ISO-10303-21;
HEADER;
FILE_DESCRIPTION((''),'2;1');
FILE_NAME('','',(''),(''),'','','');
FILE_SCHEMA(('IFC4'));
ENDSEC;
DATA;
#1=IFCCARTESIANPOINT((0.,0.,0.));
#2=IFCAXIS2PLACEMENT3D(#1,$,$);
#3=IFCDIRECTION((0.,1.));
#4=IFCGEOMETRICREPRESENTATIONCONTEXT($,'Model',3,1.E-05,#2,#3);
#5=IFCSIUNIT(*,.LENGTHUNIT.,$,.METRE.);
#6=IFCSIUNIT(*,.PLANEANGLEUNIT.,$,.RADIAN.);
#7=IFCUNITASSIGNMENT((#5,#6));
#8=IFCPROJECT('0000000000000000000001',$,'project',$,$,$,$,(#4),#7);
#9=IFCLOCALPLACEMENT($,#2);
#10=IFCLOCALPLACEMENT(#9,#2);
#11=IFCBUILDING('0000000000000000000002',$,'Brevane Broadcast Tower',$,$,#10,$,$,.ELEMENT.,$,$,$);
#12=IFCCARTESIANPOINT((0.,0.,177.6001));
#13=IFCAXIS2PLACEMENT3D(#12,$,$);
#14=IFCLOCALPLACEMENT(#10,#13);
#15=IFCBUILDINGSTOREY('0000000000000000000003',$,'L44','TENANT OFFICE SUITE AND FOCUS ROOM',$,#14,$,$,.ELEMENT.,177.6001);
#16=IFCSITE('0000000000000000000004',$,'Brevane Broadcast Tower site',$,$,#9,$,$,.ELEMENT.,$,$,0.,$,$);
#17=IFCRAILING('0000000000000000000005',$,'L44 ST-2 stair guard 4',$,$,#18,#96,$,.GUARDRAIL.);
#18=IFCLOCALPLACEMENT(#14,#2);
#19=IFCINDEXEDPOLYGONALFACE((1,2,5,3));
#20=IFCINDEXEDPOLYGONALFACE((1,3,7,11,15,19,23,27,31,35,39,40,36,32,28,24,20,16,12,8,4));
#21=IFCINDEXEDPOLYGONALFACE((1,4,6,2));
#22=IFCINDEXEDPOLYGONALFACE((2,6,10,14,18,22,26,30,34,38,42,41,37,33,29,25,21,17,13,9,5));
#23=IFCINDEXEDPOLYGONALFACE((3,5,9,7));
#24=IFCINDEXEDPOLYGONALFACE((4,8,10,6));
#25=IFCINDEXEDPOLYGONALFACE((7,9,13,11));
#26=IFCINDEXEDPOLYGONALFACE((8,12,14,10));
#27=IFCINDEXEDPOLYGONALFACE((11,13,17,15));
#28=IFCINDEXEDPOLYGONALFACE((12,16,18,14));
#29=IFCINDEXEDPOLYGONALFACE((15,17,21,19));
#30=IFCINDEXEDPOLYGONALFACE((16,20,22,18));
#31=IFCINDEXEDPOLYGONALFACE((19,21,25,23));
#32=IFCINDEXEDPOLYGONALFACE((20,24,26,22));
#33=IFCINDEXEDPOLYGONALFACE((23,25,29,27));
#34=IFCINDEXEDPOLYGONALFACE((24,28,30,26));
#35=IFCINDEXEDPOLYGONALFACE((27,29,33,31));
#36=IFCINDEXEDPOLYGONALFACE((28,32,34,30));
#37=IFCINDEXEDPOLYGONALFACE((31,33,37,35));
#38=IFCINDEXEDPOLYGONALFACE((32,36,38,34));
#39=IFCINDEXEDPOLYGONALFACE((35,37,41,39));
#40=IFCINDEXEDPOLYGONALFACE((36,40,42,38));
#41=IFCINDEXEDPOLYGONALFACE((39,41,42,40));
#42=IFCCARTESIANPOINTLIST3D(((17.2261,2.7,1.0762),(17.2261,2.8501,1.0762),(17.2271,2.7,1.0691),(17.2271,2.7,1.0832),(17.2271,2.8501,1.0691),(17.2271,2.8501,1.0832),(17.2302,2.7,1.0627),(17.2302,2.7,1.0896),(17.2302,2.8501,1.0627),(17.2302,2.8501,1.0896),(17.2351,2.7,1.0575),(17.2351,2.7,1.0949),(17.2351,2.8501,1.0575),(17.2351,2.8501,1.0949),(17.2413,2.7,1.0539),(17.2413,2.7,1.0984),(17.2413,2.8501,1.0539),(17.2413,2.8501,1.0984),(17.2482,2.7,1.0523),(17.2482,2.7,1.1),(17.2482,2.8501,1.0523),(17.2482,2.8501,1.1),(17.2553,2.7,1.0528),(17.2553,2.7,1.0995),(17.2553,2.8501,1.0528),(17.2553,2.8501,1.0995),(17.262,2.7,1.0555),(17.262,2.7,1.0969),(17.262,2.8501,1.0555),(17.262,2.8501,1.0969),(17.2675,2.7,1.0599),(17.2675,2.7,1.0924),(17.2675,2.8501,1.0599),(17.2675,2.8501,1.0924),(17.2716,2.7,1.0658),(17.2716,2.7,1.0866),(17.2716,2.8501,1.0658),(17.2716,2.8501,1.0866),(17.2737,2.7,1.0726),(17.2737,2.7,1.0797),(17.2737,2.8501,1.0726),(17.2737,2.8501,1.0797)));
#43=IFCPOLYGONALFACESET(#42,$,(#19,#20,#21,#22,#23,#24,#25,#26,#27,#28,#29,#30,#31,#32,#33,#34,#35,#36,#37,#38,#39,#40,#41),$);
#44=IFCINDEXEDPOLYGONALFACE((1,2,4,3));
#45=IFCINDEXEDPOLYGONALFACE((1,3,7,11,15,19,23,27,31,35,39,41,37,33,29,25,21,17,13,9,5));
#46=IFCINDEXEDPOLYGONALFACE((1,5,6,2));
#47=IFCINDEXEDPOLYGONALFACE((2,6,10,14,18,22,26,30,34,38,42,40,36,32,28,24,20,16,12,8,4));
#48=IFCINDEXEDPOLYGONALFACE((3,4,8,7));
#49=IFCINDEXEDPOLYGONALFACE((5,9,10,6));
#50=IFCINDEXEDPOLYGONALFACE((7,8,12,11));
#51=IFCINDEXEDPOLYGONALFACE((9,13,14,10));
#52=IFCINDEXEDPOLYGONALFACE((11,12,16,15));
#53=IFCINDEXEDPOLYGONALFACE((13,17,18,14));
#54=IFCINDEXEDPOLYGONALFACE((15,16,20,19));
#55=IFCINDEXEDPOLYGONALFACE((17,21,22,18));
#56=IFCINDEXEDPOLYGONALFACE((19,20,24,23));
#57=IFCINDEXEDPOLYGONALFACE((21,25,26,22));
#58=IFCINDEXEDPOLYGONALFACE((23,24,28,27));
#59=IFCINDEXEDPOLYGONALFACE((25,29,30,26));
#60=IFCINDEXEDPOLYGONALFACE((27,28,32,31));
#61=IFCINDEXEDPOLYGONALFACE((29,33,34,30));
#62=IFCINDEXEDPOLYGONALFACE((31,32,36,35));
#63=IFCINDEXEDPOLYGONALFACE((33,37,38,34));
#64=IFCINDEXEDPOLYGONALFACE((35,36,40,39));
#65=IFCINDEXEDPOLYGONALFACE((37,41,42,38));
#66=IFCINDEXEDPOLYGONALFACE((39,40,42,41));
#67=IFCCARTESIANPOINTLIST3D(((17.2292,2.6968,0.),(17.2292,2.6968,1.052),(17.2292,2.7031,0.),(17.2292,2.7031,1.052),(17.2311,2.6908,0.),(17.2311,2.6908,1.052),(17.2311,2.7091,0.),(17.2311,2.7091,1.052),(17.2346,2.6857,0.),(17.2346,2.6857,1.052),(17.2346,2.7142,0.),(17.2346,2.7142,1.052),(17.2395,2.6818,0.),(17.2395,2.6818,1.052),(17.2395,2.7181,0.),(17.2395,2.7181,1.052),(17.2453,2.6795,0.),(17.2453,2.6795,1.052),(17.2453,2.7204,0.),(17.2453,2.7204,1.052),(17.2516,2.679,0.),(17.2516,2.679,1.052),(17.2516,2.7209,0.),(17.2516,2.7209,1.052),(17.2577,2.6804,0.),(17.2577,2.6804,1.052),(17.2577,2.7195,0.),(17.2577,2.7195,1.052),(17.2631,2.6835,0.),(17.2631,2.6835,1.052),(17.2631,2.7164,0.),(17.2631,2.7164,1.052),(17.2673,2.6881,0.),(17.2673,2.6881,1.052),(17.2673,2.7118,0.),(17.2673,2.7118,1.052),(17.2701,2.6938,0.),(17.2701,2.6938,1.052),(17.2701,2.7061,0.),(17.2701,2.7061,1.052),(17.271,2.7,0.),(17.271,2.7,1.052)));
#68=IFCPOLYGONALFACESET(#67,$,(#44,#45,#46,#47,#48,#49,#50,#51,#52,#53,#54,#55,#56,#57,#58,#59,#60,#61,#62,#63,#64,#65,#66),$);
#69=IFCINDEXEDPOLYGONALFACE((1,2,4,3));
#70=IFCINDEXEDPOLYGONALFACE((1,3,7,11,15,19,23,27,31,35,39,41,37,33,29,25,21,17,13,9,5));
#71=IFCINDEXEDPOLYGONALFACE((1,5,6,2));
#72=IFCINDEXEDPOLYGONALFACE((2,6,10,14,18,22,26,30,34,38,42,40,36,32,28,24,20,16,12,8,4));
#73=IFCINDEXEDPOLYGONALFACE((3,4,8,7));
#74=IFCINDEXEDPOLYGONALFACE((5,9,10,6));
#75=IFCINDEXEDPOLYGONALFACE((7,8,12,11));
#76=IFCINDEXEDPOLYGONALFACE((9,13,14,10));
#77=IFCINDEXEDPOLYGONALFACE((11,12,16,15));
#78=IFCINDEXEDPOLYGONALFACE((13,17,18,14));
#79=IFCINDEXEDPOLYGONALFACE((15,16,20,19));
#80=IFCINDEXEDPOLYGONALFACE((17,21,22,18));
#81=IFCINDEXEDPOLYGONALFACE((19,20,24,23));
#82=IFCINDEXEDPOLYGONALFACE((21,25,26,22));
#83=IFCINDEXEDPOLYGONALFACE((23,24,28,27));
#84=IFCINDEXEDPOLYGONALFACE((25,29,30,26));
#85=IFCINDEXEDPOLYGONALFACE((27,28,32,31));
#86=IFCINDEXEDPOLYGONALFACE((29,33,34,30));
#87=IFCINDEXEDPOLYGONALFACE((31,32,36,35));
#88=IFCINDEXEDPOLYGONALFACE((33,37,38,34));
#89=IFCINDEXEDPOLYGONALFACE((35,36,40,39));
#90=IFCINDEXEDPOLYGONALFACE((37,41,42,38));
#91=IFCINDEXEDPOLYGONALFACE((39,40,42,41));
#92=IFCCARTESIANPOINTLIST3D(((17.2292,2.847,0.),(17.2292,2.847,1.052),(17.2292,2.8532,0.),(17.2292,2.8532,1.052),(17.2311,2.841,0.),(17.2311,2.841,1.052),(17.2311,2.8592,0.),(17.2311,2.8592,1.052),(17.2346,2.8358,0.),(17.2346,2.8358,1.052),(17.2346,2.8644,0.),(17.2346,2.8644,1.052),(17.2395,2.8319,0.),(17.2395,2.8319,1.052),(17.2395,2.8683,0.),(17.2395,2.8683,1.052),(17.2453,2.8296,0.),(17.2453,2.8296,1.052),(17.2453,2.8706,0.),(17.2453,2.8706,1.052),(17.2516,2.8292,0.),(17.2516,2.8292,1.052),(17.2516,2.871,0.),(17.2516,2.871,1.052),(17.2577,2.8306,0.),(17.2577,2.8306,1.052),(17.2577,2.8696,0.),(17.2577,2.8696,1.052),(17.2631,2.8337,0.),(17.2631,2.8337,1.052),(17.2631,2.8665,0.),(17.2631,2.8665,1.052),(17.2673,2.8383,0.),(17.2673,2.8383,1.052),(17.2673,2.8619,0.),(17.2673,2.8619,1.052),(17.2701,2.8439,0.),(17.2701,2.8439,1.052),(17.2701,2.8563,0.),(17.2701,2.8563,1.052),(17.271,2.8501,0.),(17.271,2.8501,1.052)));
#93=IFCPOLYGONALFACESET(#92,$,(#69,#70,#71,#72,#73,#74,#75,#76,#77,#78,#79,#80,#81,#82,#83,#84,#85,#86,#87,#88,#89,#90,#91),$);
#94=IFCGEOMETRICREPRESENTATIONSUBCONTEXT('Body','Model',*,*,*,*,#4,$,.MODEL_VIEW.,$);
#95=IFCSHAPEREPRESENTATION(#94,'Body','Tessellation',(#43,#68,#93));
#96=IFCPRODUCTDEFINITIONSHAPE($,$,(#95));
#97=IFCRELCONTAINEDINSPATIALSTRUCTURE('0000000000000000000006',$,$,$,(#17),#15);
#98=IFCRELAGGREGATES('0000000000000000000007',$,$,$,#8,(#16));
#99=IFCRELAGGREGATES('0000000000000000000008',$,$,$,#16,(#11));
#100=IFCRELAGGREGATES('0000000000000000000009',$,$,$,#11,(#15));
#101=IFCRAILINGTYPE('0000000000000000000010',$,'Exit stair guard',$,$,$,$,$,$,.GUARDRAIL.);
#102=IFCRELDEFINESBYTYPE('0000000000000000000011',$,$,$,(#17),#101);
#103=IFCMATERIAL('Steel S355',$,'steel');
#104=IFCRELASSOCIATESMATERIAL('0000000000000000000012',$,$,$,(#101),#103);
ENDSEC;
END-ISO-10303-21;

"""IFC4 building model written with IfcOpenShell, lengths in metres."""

from ifc_helpers import new_model, si_unit, direction, frame, origin, origin_2d, place, context, subcontext, project, spatial, circle, extrude, material, type_object, element, save


model = new_model("IFC4")

# Units and contexts
model_context = context("Model", 3, precision=1e-05, world=origin(), true_north=direction((0.0, 1.0)))
body_context = subcontext(model_context, "Body", "Model", "MODEL_VIEW")
ifc_project = project(units=[si_unit("LENGTHUNIT", "METRE"), si_unit("PLANEANGLEUNIT", "RADIAN")], contexts=[model_context])

# Site, building, storey
site_placement = place(None, origin())
site = spatial("IfcSite", under=ifc_project, at=site_placement, Name="Brevane Broadcast Tower site", CompositionType="ELEMENT", RefElevation=0.0)
building_placement = place(site_placement, origin())
building = spatial("IfcBuilding", under=site, at=building_placement, Name="Brevane Broadcast Tower", CompositionType="ELEMENT")
storey_placement = place(building_placement, frame((0.0, 0.0, 177.6001)))
storey = spatial("IfcBuildingStorey", under=building, at=storey_placement, Name="L44", Description="TENANT OFFICE SUITE AND FOCUS ROOM", CompositionType="ELEMENT", Elevation=177.6001)

# Railing
ifc_material_1 = material(Name="Steel S355", Category="steel")
railing_type_1 = type_object("IfcRailingType", Name="Exit stair guard", PredefinedType="GUARDRAIL", material=ifc_material_1)
railing_1_placement = place(storey_placement, frame((17.25, 2.7, 0.0)))
element("IfcRailing", 1, at=railing_1_placement, inside=storey, type_object=railing_type_1, Name="L44 ST-2 stair guard 4", PredefinedType="GUARDRAIL", context=body_context, shape_type="SweptSolid", body=[
    extrude(circle(Radius=0.0239, at=origin_2d()), frame((0.0, 0.0, 1.0762), z_axis=(0.0, 1.0, 0.0), x_axis=(-1.0, 0.0, 0.0)), (0.0, 0.0, 1.0), 0.1501),
    extrude(circle(Radius=0.021, at=origin_2d()), origin(), (0.0, 0.0, 1.0), 1.052),
    extrude(circle(Radius=0.021, at=origin_2d()), frame((0.0, 0.1501, 0.0)), (0.0, 0.0, 1.0), 1.052),
])

save(model, "model.ifc")
